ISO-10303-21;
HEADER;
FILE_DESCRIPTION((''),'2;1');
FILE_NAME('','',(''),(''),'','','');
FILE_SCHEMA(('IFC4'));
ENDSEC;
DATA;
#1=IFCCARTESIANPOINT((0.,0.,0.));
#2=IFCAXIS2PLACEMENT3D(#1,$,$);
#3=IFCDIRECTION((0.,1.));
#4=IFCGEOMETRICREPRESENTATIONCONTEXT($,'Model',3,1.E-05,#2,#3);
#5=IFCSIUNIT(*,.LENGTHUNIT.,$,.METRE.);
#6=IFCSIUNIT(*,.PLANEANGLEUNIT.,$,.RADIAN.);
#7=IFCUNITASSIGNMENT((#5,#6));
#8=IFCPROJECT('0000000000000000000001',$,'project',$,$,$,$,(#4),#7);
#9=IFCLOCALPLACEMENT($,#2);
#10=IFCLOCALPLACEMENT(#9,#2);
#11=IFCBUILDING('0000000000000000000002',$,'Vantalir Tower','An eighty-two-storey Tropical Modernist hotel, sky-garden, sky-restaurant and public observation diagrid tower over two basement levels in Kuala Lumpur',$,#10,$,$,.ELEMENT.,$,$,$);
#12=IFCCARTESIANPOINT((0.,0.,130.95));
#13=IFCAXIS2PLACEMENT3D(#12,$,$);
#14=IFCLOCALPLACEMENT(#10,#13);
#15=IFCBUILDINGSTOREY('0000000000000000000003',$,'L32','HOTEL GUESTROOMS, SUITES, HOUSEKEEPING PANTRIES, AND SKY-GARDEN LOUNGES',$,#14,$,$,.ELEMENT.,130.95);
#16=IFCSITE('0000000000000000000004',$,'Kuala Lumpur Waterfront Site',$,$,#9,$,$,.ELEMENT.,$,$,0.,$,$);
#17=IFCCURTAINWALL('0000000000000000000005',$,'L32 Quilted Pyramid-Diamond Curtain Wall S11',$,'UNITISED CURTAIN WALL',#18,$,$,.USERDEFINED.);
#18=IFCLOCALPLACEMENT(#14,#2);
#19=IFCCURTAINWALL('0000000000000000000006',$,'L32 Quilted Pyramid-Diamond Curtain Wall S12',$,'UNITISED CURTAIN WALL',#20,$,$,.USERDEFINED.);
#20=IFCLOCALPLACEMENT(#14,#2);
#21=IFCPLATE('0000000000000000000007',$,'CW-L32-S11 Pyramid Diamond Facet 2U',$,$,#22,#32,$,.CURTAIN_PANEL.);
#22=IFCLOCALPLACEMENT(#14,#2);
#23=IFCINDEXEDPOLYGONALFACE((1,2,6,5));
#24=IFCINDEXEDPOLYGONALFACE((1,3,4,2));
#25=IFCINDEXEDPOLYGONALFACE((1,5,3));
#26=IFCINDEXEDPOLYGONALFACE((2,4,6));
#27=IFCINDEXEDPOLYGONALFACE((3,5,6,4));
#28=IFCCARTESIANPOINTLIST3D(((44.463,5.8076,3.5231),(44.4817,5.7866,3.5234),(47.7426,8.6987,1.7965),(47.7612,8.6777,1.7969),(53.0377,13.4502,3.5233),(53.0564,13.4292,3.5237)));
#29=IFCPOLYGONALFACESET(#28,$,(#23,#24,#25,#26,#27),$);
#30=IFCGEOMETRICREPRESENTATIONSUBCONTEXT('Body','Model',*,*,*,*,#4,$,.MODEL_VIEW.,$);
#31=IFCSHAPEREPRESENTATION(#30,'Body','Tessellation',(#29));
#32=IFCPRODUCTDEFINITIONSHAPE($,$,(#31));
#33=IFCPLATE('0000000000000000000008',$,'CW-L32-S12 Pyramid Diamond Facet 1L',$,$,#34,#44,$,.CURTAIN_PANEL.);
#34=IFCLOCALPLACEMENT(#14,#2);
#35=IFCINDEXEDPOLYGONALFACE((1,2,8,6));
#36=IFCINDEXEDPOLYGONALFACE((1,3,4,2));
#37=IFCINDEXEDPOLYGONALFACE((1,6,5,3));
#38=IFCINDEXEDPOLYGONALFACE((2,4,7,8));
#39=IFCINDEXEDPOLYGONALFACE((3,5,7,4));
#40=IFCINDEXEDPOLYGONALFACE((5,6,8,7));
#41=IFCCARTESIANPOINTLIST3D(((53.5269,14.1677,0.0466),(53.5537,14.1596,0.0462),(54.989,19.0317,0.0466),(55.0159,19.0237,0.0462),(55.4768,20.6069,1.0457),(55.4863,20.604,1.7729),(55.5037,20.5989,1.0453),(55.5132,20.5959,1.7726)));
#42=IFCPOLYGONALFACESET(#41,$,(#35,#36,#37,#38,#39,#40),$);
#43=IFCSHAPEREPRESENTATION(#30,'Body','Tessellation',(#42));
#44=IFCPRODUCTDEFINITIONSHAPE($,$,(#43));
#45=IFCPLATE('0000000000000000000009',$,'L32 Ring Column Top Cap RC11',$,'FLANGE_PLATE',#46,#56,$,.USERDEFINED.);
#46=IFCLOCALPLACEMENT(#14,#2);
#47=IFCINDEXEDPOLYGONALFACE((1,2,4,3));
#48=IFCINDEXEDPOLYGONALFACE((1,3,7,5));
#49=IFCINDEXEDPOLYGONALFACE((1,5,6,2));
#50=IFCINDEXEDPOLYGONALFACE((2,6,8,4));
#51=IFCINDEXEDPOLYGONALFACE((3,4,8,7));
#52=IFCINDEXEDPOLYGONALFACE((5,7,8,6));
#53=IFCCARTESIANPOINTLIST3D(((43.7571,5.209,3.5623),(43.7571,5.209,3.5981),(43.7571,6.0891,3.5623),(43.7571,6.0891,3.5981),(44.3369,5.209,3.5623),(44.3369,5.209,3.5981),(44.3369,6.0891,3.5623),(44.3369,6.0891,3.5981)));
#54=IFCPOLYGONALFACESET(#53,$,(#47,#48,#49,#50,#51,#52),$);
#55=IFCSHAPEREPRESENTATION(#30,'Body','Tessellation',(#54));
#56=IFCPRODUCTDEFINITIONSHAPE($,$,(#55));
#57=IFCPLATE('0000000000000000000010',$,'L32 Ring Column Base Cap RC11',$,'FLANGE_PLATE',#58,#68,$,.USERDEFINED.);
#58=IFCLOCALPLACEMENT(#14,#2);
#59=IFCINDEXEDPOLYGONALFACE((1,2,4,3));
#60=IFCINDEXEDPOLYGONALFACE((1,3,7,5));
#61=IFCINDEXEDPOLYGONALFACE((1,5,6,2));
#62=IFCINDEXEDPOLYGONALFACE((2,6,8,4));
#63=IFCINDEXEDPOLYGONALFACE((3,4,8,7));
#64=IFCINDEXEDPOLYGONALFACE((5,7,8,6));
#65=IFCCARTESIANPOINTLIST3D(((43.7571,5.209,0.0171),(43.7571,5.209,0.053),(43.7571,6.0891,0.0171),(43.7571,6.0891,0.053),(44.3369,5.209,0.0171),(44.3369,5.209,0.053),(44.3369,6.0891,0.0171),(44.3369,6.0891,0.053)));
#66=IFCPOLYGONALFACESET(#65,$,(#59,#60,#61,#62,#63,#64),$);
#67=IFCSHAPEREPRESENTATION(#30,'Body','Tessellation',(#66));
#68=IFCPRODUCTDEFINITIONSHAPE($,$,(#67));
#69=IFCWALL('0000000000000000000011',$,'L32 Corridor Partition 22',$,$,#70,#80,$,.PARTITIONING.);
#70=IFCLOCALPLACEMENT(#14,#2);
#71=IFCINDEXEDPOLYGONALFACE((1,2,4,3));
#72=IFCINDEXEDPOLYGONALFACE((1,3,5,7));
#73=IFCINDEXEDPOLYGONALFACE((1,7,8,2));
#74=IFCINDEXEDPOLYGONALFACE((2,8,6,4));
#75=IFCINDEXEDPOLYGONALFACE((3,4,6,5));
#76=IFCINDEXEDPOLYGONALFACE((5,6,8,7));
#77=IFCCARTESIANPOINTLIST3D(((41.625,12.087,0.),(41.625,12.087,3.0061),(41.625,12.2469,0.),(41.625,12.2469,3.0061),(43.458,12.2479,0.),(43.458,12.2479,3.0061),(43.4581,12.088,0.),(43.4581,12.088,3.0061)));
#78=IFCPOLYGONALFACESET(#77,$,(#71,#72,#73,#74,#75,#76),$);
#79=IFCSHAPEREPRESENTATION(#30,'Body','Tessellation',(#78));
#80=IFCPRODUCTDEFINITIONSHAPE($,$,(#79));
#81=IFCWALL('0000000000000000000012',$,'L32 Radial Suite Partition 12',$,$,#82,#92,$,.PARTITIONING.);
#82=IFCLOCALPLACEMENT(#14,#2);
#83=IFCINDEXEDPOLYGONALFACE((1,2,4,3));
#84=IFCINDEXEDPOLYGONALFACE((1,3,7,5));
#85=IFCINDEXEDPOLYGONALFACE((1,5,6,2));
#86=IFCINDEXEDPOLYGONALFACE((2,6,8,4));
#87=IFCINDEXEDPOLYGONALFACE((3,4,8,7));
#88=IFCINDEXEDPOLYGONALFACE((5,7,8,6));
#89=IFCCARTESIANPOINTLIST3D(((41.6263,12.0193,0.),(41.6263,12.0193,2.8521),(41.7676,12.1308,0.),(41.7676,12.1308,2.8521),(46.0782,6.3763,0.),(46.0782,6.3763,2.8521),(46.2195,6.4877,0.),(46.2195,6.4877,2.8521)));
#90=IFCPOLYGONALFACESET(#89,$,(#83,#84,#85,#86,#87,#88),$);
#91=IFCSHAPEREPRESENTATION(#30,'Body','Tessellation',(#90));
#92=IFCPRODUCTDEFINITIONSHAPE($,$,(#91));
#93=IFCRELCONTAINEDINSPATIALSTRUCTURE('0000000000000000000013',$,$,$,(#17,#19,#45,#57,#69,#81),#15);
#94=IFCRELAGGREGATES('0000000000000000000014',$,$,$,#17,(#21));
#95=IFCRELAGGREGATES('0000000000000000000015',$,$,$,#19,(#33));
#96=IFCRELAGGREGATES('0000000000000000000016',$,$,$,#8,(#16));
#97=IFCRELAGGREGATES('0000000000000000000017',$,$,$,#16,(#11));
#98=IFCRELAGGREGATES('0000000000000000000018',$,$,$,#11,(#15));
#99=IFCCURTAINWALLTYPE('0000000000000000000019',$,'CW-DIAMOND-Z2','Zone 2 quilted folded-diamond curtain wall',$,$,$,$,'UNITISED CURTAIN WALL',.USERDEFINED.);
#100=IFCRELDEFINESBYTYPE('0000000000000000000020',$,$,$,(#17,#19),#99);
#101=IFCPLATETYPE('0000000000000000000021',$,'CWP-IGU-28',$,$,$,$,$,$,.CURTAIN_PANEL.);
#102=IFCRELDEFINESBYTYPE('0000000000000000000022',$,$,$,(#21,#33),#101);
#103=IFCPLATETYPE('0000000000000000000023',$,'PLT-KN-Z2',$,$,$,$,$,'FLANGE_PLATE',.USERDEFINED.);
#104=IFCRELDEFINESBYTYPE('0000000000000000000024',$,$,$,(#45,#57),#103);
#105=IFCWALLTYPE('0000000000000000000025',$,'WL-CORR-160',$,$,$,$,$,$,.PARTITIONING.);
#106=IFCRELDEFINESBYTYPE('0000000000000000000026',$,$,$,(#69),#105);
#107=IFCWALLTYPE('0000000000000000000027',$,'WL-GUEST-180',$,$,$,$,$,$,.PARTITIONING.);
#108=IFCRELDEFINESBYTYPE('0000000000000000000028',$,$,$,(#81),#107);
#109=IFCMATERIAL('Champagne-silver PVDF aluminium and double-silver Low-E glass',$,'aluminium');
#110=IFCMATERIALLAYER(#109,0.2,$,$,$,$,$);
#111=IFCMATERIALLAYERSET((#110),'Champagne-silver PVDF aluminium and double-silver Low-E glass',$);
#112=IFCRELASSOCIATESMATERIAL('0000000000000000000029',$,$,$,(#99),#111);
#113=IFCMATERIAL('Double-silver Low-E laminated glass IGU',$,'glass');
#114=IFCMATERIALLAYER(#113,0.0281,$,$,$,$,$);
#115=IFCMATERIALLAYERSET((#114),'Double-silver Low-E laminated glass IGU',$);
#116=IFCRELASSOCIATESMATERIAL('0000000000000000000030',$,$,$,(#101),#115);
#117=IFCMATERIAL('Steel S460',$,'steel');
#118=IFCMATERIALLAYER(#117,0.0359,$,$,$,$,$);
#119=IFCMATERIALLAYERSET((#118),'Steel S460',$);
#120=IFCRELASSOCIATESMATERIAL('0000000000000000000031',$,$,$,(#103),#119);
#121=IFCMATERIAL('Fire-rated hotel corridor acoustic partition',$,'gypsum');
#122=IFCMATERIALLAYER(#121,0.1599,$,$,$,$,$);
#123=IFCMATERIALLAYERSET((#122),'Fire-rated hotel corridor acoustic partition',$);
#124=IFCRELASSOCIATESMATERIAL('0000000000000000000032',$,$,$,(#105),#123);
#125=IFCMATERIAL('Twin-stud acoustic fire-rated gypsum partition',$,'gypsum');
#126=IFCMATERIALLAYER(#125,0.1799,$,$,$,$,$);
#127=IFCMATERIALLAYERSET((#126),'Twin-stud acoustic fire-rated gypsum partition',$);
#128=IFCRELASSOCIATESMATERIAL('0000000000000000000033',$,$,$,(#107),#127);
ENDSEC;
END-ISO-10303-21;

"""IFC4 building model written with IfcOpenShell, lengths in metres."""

from ifc_helpers import new_model, si_unit, direction, frame, frame_2d, origin, place, context, subcontext, project, spatial, polyline, rectangle, outline, extrude, material, layer, layer_set, type_object, element, aggregate, save


model = new_model("IFC4")

# Units and contexts
model_context = context("Model", 3, precision=1e-05, world=origin(), true_north=direction((0.0, 1.0)))
body_context = subcontext(model_context, "Body", "Model", "MODEL_VIEW")
ifc_project = project(units=[si_unit("LENGTHUNIT", "METRE"), si_unit("PLANEANGLEUNIT", "RADIAN")], contexts=[model_context])

# Site, building, storey
site_placement = place(None, origin())
site = spatial("IfcSite", under=ifc_project, at=site_placement, Name="Kuala Lumpur Waterfront Site", CompositionType="ELEMENT", RefElevation=0.0)
building_placement = place(site_placement, origin())
building = spatial("IfcBuilding", under=site, at=building_placement, Name="Vantalir Tower", Description="An eighty-two-storey Tropical Modernist hotel, sky-garden, sky-restaurant and public observation diagrid tower over two basement levels in Kuala Lumpur", CompositionType="ELEMENT")
storey_placement = place(building_placement, frame((0.0, 0.0, 130.95)))
storey = spatial("IfcBuildingStorey", under=building, at=storey_placement, Name="L32", Description="HOTEL GUESTROOMS, SUITES, HOUSEKEEPING PANTRIES, AND SKY-GARDEN LOUNGES", CompositionType="ELEMENT", Elevation=130.95)

# Shared definitions
ifc_material_1 = material(Name="Steel S460", Category="steel")

# Shared definitions
ifc_material_2 = material(Name="Champagne-silver PVDF aluminium and double-silver Low-E glass", Category="aluminium")
ifc_layer_1 = layer(ifc_material_2, 0.2)
ifc_layer_set_1 = layer_set([ifc_layer_1], Name="Champagne-silver PVDF aluminium and double-silver Low-E glass")
curtain_wall_type = type_object("IfcCurtainWallType", Name="CW-DIAMOND-Z2", Description="Zone 2 quilted folded-diamond curtain wall", ElementType="UNITISED CURTAIN WALL", PredefinedType="USERDEFINED", material=ifc_layer_set_1)

# Curtain wall
curtain_wall_1_placement = place(storey_placement, origin())
curtain_wall_1 = element("IfcCurtainWall", 1, at=curtain_wall_1_placement, inside=storey, type_object=curtain_wall_type, Name="L32 Quilted Pyramid-Diamond Curtain Wall S11", ObjectType="UNITISED CURTAIN WALL", PredefinedType="USERDEFINED")

# Curtain wall
curtain_wall_2_placement = place(storey_placement, origin())
curtain_wall_2 = element("IfcCurtainWall", 2, at=curtain_wall_2_placement, inside=storey, type_object=curtain_wall_type, Name="L32 Quilted Pyramid-Diamond Curtain Wall S12", ObjectType="UNITISED CURTAIN WALL", PredefinedType="USERDEFINED")

# Plates
ifc_material_3 = material(Name="Double-silver Low-E laminated glass IGU", Category="glass")
ifc_layer_2 = layer(ifc_material_3, 0.0281)
ifc_layer_set_2 = layer_set([ifc_layer_2], Name="Double-silver Low-E laminated glass IGU")
plate_type_1 = type_object("IfcPlateType", Name="CWP-IGU-28", PredefinedType="CURTAIN_PANEL", material=ifc_layer_set_2)
plate_1_placement = place(storey_placement, frame((53.0564, 13.4292, 3.5237), z_axis=(0.665302, -0.746447, 0.013799), x_axis=(-0.746517, -0.665366, -0.000021)))
plate_1 = element("IfcPlate", 3, at=plate_1_placement, type_object=plate_type_1, Name="CW-L32-S11 Pyramid Diamond Facet 2U", PredefinedType="CURTAIN_PANEL", context=body_context, shape_type="SweptSolid", body=[
    extrude(outline(polyline([(0.0, 0.0), (11.4863, 0.0), (7.1144, 1.7268), (0.0, 0.0)])), origin(), (0.0, 0.0, -1.0), 0.0281),
])
aggregate(curtain_wall_1, [plate_1])
plate_2_placement = place(storey_placement, frame((53.5269, 14.1677, 0.0466), z_axis=(-0.957577, 0.287854, 0.01369), x_axis=(0.287881, 0.957666, 0.0)))
plate_2 = element("IfcPlate", 4, at=plate_2_placement, type_object=plate_type_1, Name="CW-L32-S12 Pyramid Diamond Facet 1L", PredefinedType="CURTAIN_PANEL", context=body_context, shape_type="SweptSolid", body=[
    extrude(outline(polyline([(0.0, 0.0), (5.079, 0.0), (6.728, -0.9991), (6.7279, -1.7265), (0.0, 0.0)])), origin(), (0.0, 0.0, -1.0), 0.0281),
])
aggregate(curtain_wall_2, [plate_2])

# Plates
ifc_layer_3 = layer(ifc_material_1, 0.0359)
ifc_layer_set_3 = layer_set([ifc_layer_3], Name="Steel S460")
plate_type_2 = type_object("IfcPlateType", Name="PLT-KN-Z2", ElementType="FLANGE_PLATE", PredefinedType="USERDEFINED", material=ifc_layer_set_3)
for number, where, z_axis, x_axis, name in (
    (5, (43.7571, 6.0891, 3.5981), (0.0, 0.0, 1.0), (0.0, -1.0, 0.0), "L32 Ring Column Top Cap RC11"),
    (6, (43.7571, 6.0891, 0.053), (0.0, 0.0, 1.0), (0.0, -1.0, 0.0), "L32 Ring Column Base Cap RC11"),
):
    element("IfcPlate", number, at=place(storey_placement, frame(where, z_axis=z_axis, x_axis=x_axis)), inside=storey, type_object=plate_type_2, Name=name, ObjectType="FLANGE_PLATE", PredefinedType="USERDEFINED", context=body_context, shape_type="SweptSolid", body=[
        extrude(outline(polyline([(0.0, 0.0), (0.8801, 0.0), (0.8801, 0.5798), (0.0, 0.5798), (0.0, 0.0)])), origin(), (0.0, 0.0, -1.0), 0.0359),
    ])

# Walls
ifc_material_4 = material(Name="Fire-rated hotel corridor acoustic partition", Category="gypsum")
ifc_layer_4 = layer(ifc_material_4, 0.1599)
ifc_layer_set_4 = layer_set([ifc_layer_4], Name="Fire-rated hotel corridor acoustic partition")
wall_type_1 = type_object("IfcWallType", Name="WL-CORR-160", PredefinedType="PARTITIONING", material=ifc_layer_set_4)
wall_1_placement = place(storey_placement, frame((43.458, 12.168, 0.0), z_axis=(0.0, 0.0, 1.0), x_axis=(-1.0, -0.000533, 0.0)))
element("IfcWall", 7, at=wall_1_placement, inside=storey, type_object=wall_type_1, Name="L32 Corridor Partition 22", PredefinedType="PARTITIONING", context=body_context, shape_type="SweptSolid", body=[
    extrude(rectangle(XDim=1.833, YDim=0.1599, at=frame_2d((0.9165, 0.0))), origin(), (0.0, 0.0, 1.0), 3.0061),
])
ifc_material_5 = material(Name="Twin-stud acoustic fire-rated gypsum partition", Category="gypsum")
ifc_layer_5 = layer(ifc_material_5, 0.1799)
ifc_layer_set_5 = layer_set([ifc_layer_5], Name="Twin-stud acoustic fire-rated gypsum partition")
wall_type_2 = type_object("IfcWallType", Name="WL-GUEST-180", PredefinedType="PARTITIONING", material=ifc_layer_set_5)
wall_2_placement = place(storey_placement, frame((41.697, 12.075, 0.0), z_axis=(0.0, 0.0, 1.0), x_axis=(0.619374, -0.785096, 0.0)))
element("IfcWall", 8, at=wall_2_placement, inside=storey, type_object=wall_type_2, Name="L32 Radial Suite Partition 12", PredefinedType="PARTITIONING", context=body_context, shape_type="SweptSolid", body=[
    extrude(rectangle(XDim=7.1877, YDim=0.1799, at=frame_2d((3.5938, 0.0))), origin(), (0.0, 0.0, 1.0), 2.8521),
])

save(model, "model.ifc")
